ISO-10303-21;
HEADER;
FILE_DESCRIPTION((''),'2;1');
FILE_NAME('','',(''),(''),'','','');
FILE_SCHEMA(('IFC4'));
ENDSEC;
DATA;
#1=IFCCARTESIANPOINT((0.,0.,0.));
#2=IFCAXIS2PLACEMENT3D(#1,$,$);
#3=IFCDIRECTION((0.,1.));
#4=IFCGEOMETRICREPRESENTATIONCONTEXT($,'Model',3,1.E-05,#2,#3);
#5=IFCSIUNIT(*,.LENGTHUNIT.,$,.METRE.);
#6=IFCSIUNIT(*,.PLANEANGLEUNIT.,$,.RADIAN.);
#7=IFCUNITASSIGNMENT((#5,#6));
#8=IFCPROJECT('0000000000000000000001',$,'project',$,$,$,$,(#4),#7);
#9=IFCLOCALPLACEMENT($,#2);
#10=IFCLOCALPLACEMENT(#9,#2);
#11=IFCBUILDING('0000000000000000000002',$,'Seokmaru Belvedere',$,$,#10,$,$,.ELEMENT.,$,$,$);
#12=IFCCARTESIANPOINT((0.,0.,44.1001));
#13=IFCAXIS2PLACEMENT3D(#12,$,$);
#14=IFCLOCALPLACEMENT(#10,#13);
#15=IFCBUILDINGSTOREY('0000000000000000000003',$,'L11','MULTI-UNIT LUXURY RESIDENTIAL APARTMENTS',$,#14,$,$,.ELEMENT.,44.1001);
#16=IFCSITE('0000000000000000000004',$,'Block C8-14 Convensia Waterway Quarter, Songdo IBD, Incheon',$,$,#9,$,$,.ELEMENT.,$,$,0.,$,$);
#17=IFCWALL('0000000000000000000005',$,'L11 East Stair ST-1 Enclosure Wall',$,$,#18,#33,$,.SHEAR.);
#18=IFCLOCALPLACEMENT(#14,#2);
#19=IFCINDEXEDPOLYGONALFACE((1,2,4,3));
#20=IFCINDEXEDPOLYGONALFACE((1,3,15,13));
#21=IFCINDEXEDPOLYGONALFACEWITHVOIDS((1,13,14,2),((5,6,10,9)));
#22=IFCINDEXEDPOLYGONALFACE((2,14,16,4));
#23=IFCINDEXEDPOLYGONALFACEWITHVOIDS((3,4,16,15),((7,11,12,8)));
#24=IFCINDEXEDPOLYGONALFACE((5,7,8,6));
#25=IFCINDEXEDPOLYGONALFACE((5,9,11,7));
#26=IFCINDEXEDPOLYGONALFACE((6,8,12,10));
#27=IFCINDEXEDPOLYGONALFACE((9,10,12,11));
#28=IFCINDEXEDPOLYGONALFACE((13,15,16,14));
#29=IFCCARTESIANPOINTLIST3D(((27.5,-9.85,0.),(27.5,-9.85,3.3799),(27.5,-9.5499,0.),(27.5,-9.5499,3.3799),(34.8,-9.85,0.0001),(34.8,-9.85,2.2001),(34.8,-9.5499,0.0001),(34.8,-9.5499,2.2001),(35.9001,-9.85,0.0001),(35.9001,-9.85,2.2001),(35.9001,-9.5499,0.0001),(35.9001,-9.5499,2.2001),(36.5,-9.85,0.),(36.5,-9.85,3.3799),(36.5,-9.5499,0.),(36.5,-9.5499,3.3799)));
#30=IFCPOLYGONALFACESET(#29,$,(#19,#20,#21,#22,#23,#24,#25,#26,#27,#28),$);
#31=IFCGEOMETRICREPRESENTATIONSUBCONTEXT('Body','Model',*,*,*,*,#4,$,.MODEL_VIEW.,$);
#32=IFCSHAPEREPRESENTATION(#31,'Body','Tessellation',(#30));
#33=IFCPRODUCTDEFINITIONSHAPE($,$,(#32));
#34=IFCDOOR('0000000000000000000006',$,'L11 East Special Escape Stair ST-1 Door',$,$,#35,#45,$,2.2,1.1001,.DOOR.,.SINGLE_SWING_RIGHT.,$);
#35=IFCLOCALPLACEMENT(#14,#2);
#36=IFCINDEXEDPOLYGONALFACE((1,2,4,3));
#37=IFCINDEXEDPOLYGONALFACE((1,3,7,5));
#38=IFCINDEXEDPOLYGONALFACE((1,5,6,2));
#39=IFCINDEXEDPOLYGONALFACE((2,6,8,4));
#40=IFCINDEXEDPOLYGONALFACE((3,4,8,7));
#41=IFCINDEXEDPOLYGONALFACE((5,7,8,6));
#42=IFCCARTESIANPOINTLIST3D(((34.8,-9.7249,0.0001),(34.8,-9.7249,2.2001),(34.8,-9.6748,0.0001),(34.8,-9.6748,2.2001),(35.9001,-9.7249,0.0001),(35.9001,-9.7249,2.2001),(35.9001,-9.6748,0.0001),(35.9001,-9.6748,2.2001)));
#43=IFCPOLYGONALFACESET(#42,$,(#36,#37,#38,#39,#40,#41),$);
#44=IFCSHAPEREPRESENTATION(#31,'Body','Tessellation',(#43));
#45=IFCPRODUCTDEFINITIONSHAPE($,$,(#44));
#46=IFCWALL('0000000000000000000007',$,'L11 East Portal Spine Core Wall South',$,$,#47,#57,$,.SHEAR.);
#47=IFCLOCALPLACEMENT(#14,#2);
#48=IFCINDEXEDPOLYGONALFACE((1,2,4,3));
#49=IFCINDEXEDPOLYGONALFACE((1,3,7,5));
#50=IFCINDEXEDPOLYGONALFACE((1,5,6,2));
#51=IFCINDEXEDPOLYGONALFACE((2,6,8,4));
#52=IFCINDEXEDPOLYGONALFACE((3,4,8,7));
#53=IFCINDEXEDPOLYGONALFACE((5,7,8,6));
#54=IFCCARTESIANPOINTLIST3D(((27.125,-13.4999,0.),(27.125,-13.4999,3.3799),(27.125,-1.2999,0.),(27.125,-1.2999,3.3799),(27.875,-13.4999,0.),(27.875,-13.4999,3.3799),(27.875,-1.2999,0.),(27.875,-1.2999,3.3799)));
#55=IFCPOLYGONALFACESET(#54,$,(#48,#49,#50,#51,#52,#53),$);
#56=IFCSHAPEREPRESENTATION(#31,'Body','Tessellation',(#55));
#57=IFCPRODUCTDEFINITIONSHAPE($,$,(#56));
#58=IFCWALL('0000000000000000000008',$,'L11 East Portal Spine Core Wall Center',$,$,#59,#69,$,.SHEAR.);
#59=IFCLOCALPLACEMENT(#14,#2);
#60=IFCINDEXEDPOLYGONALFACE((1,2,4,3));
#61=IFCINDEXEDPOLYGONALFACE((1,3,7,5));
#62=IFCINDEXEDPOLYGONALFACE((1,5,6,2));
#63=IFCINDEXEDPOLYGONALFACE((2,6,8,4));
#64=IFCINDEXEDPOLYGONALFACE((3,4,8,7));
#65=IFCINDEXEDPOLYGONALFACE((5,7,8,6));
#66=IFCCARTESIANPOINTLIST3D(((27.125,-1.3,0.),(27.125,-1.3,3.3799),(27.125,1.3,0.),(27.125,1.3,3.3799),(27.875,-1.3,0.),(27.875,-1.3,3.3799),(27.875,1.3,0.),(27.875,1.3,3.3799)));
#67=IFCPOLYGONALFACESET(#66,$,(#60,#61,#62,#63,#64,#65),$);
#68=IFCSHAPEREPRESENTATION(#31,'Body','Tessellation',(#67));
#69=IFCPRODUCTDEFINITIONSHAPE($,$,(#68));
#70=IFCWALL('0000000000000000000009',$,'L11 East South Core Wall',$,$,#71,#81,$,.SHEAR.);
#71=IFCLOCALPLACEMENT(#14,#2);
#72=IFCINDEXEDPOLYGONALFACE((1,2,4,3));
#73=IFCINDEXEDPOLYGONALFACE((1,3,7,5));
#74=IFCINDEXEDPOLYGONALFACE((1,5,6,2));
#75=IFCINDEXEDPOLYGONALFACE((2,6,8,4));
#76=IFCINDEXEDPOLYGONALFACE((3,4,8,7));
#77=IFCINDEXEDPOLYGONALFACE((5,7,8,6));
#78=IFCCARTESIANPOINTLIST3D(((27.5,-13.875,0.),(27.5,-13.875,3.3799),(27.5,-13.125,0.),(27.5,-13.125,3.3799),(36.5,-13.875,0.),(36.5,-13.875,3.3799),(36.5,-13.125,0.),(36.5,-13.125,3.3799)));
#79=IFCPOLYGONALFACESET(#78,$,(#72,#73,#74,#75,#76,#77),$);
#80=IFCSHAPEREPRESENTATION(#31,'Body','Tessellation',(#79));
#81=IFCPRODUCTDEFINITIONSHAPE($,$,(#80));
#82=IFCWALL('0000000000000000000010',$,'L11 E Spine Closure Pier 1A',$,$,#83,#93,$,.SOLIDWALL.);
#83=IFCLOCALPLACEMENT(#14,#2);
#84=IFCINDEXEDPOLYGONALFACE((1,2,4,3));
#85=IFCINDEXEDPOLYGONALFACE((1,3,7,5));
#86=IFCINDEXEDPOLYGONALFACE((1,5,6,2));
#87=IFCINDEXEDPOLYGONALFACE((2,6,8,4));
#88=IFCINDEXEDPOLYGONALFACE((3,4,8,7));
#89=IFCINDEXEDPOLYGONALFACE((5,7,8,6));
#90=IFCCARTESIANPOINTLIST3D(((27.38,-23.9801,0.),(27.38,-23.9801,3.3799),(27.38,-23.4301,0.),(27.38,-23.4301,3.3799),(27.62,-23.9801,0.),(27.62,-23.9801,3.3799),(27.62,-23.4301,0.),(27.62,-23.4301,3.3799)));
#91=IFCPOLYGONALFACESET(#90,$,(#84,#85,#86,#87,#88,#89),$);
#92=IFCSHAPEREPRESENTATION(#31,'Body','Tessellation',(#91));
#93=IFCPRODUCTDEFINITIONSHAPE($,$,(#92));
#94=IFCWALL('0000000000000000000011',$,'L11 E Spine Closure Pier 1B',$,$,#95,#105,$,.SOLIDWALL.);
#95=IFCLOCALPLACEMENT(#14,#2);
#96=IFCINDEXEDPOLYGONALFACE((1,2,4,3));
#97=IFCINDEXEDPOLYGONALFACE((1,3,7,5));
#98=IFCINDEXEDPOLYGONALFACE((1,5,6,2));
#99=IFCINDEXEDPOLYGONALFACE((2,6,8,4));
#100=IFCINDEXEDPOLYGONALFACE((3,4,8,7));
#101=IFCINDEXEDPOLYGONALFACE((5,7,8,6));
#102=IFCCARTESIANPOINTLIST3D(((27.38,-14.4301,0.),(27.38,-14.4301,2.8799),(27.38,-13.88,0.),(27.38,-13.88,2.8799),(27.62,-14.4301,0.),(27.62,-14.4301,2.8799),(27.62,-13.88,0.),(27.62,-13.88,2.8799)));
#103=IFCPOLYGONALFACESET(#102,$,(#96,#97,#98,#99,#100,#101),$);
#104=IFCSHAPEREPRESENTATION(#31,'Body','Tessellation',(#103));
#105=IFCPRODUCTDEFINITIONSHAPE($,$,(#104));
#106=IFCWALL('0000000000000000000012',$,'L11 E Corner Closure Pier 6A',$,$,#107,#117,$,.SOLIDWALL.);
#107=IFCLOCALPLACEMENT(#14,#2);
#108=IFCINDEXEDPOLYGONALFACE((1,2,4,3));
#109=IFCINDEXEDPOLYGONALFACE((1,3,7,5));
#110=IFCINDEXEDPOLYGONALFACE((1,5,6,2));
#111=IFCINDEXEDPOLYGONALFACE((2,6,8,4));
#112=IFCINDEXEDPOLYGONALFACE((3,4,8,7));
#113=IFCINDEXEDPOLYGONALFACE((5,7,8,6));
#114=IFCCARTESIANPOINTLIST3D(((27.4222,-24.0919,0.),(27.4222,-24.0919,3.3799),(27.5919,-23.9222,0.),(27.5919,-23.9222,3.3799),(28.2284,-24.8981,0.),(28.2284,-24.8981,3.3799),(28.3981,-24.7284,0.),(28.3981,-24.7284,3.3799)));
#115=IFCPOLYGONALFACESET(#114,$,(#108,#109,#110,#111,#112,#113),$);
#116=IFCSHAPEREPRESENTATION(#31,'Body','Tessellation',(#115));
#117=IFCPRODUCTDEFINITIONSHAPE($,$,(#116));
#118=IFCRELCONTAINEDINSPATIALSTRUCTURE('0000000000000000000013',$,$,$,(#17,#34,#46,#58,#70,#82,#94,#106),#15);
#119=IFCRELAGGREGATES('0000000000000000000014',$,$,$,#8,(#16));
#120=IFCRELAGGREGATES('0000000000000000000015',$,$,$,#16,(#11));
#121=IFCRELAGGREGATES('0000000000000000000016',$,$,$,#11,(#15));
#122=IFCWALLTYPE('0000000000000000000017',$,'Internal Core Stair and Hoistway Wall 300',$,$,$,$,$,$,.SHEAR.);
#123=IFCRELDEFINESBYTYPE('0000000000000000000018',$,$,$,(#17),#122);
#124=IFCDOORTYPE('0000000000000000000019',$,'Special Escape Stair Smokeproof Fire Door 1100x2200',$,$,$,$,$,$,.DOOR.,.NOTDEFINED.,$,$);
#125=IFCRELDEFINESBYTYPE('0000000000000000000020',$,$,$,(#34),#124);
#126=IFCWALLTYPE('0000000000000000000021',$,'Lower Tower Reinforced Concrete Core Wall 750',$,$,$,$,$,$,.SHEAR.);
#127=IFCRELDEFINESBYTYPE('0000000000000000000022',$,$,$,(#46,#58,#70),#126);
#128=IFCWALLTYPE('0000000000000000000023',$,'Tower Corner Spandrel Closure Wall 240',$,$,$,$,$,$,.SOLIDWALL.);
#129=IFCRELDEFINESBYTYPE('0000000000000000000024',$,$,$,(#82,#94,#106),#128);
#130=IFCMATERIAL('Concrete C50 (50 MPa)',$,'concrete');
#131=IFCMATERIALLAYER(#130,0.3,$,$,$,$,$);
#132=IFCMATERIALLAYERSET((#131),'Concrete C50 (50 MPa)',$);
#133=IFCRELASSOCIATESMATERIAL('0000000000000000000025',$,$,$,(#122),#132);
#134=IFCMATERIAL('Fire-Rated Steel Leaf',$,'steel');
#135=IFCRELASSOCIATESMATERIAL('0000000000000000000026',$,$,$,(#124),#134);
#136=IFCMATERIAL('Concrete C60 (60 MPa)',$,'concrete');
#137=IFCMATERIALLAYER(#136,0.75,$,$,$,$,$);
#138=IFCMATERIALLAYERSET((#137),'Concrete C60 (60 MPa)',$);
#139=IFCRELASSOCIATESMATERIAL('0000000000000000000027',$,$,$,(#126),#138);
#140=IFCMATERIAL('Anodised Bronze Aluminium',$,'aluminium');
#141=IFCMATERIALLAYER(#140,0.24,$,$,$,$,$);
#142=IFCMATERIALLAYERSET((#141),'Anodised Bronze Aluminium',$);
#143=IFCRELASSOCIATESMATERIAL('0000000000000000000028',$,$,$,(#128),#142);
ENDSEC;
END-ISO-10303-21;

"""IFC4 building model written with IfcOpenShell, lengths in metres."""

from ifc_helpers import new_model, si_unit, direction, frame, frame_2d, origin, place, context, subcontext, project, spatial, rectangle, extrude, source, transform, mapped, material, layer, layer_set, type_object, type_shapes, element, fill, save


model = new_model("IFC4")

# Units and contexts
model_context = context("Model", 3, precision=1e-05, world=origin(), true_north=direction((0.0, 1.0)))
body_context = subcontext(model_context, "Body", "Model", "MODEL_VIEW")
ifc_project = project(units=[si_unit("LENGTHUNIT", "METRE"), si_unit("PLANEANGLEUNIT", "RADIAN")], contexts=[model_context])

# Site, building, storey
site_placement = place(None, origin())
site = spatial("IfcSite", under=ifc_project, at=site_placement, Name="Block C8-14 Convensia Waterway Quarter, Songdo IBD, Incheon", CompositionType="ELEMENT", RefElevation=0.0)
building_placement = place(site_placement, origin())
building = spatial("IfcBuilding", under=site, at=building_placement, Name="Seokmaru Belvedere", CompositionType="ELEMENT")
storey_placement = place(building_placement, frame((0.0, 0.0, 44.1001)))
storey = spatial("IfcBuildingStorey", under=building, at=storey_placement, Name="L11", Description="MULTI-UNIT LUXURY RESIDENTIAL APARTMENTS", CompositionType="ELEMENT", Elevation=44.1001)

# Shared definitions
ifc_material_1 = material(Name="Anodised Bronze Aluminium", Category="aluminium")

# Shared definitions
ifc_material_2 = material(Name="Concrete C50 (50 MPa)", Category="concrete")

# Wall, opening, door
ifc_layer_1 = layer(ifc_material_2, 0.3)
ifc_layer_set_1 = layer_set([ifc_layer_1], Name="Concrete C50 (50 MPa)")
wall_type_1 = type_object("IfcWallType", Name="Internal Core Stair and Hoistway Wall 300", PredefinedType="SHEAR", material=ifc_layer_set_1)
wall_1_placement = place(storey_placement, frame((27.5, -9.7, 0.0), z_axis=(0.0, 0.0, 1.0), x_axis=(1.0, 0.0, 0.0)))
wall_1 = element("IfcWall", 1, at=wall_1_placement, inside=storey, type_object=wall_type_1, Name="L11 East Stair ST-1 Enclosure Wall", PredefinedType="SHEAR", context=body_context, shape_type="SweptSolid", body=[
    extrude(rectangle(XDim=9.0, YDim=0.3, at=frame_2d((4.5, 0.0))), origin(), (0.0, 0.0, 1.0), 3.3799),
])
opening_placement = place(wall_1_placement, frame((7.3, 0.0, 0.0)))
opening = element("IfcOpeningElement", 2, at=opening_placement, cuts=wall_1, PredefinedType="OPENING", context=body_context, shape_type="SweptSolid", body=[
    extrude(rectangle(XDim=1.1001, YDim=2.2, at=frame_2d((0.55, 1.1001))), frame((0.0, 0.1602, 0.0), z_axis=(0.0, -1.0, 0.0), x_axis=(1.0, 0.0, 0.0)), (0.0, 0.0, 1.0), 0.3201),
])
ifc_material_3 = material(Name="Fire-Rated Steel Leaf", Category="steel")
door_type = type_object("IfcDoorType", Name="Special Escape Stair Smokeproof Fire Door 1100x2200", OperationType="NOTDEFINED", PredefinedType="DOOR", material=ifc_material_3)
shared_shape_1 = source(origin(), body_context, "Body", "SweptSolid", [
    extrude(rectangle(XDim=1.1001, YDim=2.2, at=frame_2d((0.55, 1.1001))), frame((0.0, 0.0249, 0.0), z_axis=(0.0, -1.0, 0.0), x_axis=(1.0, 0.0, 0.0)), (0.0, 0.0, 1.0), 0.05),
])
type_shapes(door_type, [shared_shape_1])
door_placement = place(opening_placement, frame((1.1001, 0.0, 0.0), z_axis=(0.0, 0.0, 1.0), x_axis=(-1.0, 0.0, 0.0)))
door = element("IfcDoor", 3, at=door_placement, inside=storey, type_object=door_type, Name="L11 East Special Escape Stair ST-1 Door", OperationType="SINGLE_SWING_RIGHT", OverallHeight=2.2, OverallWidth=1.1001, PredefinedType="DOOR", context=body_context, shape_type="MappedRepresentation", body=[
    mapped(shared_shape_1, transform((0.0, 0.0, 0.0), scale=1.0)),
])
fill(opening, door)

# Walls
ifc_material_4 = material(Name="Concrete C60 (60 MPa)", Category="concrete")
ifc_layer_2 = layer(ifc_material_4, 0.75)
ifc_layer_set_2 = layer_set([ifc_layer_2], Name="Concrete C60 (60 MPa)")
wall_type_2 = type_object("IfcWallType", Name="Lower Tower Reinforced Concrete Core Wall 750", PredefinedType="SHEAR", material=ifc_layer_set_2)
wall_2_placement = place(storey_placement, frame((27.5, -13.5, 0.0), z_axis=(0.0, 0.0, 1.0), x_axis=(0.0, 1.0, 0.0)))
element("IfcWall", 4, at=wall_2_placement, inside=storey, type_object=wall_type_2, Name="L11 East Portal Spine Core Wall South", PredefinedType="SHEAR", context=body_context, shape_type="SweptSolid", body=[
    extrude(rectangle(XDim=12.2, YDim=0.75, at=frame_2d((6.1001, 0.0))), origin(), (0.0, 0.0, 1.0), 3.3799),
])
wall_3_placement = place(storey_placement, frame((27.5, -1.3, 0.0), z_axis=(0.0, 0.0, 1.0), x_axis=(0.0, 1.0, 0.0)))
element("IfcWall", 5, at=wall_3_placement, inside=storey, type_object=wall_type_2, Name="L11 East Portal Spine Core Wall Center", PredefinedType="SHEAR", context=body_context, shape_type="SweptSolid", body=[
    extrude(rectangle(XDim=2.6001, YDim=0.75, at=frame_2d((1.3, 0.0))), origin(), (0.0, 0.0, 1.0), 3.3799),
])
wall_4_placement = place(storey_placement, frame((27.5, -13.5, 0.0), z_axis=(0.0, 0.0, 1.0), x_axis=(1.0, 0.0, 0.0)))
element("IfcWall", 6, at=wall_4_placement, inside=storey, type_object=wall_type_2, Name="L11 East South Core Wall", PredefinedType="SHEAR", context=body_context, shape_type="SweptSolid", body=[
    extrude(rectangle(XDim=9.0, YDim=0.75, at=frame_2d((4.5, 0.0))), origin(), (0.0, 0.0, 1.0), 3.3799),
])
ifc_layer_3 = layer(ifc_material_1, 0.24)
ifc_layer_set_3 = layer_set([ifc_layer_3], Name="Anodised Bronze Aluminium")
wall_type_3 = type_object("IfcWallType", Name="Tower Corner Spandrel Closure Wall 240", PredefinedType="SOLIDWALL", material=ifc_layer_set_3)
wall_5_placement = place(storey_placement, frame((27.5, -23.98, 0.0), z_axis=(0.0, 0.0, 1.0), x_axis=(0.0, 1.0, 0.0)))
element("IfcWall", 7, at=wall_5_placement, inside=storey, type_object=wall_type_3, Name="L11 E Spine Closure Pier 1A", PredefinedType="SOLIDWALL", context=body_context, shape_type="SweptSolid", body=[
    extrude(rectangle(XDim=0.55, YDim=0.24, at=frame_2d((0.2749, 0.0))), origin(), (0.0, 0.0, 1.0), 3.3799),
])
wall_6_placement = place(storey_placement, frame((27.5, -14.4299, 0.0), z_axis=(0.0, 0.0, 1.0), x_axis=(0.0, 1.0, 0.0)))
element("IfcWall", 8, at=wall_6_placement, inside=storey, type_object=wall_type_3, Name="L11 E Spine Closure Pier 1B", PredefinedType="SOLIDWALL", context=body_context, shape_type="SweptSolid", body=[
    extrude(rectangle(XDim=0.55, YDim=0.24, at=frame_2d((0.2749, 0.0))), origin(), (0.0, 0.0, 1.0), 2.8799),
])
wall_7_placement = place(storey_placement, frame((27.5071, -24.0071, 0.0), z_axis=(0.0, 0.0, 1.0), x_axis=(0.707107, -0.707107, 0.0)))
element("IfcWall", 9, at=wall_7_placement, inside=storey, type_object=wall_type_3, Name="L11 E Corner Closure Pier 6A", PredefinedType="SOLIDWALL", context=body_context, shape_type="SweptSolid", body=[
    extrude(rectangle(XDim=1.1401, YDim=0.24, at=frame_2d((0.5701, 0.0))), origin(), (0.0, 0.0, 1.0), 3.3799),
])

save(model, "model.ifc")
